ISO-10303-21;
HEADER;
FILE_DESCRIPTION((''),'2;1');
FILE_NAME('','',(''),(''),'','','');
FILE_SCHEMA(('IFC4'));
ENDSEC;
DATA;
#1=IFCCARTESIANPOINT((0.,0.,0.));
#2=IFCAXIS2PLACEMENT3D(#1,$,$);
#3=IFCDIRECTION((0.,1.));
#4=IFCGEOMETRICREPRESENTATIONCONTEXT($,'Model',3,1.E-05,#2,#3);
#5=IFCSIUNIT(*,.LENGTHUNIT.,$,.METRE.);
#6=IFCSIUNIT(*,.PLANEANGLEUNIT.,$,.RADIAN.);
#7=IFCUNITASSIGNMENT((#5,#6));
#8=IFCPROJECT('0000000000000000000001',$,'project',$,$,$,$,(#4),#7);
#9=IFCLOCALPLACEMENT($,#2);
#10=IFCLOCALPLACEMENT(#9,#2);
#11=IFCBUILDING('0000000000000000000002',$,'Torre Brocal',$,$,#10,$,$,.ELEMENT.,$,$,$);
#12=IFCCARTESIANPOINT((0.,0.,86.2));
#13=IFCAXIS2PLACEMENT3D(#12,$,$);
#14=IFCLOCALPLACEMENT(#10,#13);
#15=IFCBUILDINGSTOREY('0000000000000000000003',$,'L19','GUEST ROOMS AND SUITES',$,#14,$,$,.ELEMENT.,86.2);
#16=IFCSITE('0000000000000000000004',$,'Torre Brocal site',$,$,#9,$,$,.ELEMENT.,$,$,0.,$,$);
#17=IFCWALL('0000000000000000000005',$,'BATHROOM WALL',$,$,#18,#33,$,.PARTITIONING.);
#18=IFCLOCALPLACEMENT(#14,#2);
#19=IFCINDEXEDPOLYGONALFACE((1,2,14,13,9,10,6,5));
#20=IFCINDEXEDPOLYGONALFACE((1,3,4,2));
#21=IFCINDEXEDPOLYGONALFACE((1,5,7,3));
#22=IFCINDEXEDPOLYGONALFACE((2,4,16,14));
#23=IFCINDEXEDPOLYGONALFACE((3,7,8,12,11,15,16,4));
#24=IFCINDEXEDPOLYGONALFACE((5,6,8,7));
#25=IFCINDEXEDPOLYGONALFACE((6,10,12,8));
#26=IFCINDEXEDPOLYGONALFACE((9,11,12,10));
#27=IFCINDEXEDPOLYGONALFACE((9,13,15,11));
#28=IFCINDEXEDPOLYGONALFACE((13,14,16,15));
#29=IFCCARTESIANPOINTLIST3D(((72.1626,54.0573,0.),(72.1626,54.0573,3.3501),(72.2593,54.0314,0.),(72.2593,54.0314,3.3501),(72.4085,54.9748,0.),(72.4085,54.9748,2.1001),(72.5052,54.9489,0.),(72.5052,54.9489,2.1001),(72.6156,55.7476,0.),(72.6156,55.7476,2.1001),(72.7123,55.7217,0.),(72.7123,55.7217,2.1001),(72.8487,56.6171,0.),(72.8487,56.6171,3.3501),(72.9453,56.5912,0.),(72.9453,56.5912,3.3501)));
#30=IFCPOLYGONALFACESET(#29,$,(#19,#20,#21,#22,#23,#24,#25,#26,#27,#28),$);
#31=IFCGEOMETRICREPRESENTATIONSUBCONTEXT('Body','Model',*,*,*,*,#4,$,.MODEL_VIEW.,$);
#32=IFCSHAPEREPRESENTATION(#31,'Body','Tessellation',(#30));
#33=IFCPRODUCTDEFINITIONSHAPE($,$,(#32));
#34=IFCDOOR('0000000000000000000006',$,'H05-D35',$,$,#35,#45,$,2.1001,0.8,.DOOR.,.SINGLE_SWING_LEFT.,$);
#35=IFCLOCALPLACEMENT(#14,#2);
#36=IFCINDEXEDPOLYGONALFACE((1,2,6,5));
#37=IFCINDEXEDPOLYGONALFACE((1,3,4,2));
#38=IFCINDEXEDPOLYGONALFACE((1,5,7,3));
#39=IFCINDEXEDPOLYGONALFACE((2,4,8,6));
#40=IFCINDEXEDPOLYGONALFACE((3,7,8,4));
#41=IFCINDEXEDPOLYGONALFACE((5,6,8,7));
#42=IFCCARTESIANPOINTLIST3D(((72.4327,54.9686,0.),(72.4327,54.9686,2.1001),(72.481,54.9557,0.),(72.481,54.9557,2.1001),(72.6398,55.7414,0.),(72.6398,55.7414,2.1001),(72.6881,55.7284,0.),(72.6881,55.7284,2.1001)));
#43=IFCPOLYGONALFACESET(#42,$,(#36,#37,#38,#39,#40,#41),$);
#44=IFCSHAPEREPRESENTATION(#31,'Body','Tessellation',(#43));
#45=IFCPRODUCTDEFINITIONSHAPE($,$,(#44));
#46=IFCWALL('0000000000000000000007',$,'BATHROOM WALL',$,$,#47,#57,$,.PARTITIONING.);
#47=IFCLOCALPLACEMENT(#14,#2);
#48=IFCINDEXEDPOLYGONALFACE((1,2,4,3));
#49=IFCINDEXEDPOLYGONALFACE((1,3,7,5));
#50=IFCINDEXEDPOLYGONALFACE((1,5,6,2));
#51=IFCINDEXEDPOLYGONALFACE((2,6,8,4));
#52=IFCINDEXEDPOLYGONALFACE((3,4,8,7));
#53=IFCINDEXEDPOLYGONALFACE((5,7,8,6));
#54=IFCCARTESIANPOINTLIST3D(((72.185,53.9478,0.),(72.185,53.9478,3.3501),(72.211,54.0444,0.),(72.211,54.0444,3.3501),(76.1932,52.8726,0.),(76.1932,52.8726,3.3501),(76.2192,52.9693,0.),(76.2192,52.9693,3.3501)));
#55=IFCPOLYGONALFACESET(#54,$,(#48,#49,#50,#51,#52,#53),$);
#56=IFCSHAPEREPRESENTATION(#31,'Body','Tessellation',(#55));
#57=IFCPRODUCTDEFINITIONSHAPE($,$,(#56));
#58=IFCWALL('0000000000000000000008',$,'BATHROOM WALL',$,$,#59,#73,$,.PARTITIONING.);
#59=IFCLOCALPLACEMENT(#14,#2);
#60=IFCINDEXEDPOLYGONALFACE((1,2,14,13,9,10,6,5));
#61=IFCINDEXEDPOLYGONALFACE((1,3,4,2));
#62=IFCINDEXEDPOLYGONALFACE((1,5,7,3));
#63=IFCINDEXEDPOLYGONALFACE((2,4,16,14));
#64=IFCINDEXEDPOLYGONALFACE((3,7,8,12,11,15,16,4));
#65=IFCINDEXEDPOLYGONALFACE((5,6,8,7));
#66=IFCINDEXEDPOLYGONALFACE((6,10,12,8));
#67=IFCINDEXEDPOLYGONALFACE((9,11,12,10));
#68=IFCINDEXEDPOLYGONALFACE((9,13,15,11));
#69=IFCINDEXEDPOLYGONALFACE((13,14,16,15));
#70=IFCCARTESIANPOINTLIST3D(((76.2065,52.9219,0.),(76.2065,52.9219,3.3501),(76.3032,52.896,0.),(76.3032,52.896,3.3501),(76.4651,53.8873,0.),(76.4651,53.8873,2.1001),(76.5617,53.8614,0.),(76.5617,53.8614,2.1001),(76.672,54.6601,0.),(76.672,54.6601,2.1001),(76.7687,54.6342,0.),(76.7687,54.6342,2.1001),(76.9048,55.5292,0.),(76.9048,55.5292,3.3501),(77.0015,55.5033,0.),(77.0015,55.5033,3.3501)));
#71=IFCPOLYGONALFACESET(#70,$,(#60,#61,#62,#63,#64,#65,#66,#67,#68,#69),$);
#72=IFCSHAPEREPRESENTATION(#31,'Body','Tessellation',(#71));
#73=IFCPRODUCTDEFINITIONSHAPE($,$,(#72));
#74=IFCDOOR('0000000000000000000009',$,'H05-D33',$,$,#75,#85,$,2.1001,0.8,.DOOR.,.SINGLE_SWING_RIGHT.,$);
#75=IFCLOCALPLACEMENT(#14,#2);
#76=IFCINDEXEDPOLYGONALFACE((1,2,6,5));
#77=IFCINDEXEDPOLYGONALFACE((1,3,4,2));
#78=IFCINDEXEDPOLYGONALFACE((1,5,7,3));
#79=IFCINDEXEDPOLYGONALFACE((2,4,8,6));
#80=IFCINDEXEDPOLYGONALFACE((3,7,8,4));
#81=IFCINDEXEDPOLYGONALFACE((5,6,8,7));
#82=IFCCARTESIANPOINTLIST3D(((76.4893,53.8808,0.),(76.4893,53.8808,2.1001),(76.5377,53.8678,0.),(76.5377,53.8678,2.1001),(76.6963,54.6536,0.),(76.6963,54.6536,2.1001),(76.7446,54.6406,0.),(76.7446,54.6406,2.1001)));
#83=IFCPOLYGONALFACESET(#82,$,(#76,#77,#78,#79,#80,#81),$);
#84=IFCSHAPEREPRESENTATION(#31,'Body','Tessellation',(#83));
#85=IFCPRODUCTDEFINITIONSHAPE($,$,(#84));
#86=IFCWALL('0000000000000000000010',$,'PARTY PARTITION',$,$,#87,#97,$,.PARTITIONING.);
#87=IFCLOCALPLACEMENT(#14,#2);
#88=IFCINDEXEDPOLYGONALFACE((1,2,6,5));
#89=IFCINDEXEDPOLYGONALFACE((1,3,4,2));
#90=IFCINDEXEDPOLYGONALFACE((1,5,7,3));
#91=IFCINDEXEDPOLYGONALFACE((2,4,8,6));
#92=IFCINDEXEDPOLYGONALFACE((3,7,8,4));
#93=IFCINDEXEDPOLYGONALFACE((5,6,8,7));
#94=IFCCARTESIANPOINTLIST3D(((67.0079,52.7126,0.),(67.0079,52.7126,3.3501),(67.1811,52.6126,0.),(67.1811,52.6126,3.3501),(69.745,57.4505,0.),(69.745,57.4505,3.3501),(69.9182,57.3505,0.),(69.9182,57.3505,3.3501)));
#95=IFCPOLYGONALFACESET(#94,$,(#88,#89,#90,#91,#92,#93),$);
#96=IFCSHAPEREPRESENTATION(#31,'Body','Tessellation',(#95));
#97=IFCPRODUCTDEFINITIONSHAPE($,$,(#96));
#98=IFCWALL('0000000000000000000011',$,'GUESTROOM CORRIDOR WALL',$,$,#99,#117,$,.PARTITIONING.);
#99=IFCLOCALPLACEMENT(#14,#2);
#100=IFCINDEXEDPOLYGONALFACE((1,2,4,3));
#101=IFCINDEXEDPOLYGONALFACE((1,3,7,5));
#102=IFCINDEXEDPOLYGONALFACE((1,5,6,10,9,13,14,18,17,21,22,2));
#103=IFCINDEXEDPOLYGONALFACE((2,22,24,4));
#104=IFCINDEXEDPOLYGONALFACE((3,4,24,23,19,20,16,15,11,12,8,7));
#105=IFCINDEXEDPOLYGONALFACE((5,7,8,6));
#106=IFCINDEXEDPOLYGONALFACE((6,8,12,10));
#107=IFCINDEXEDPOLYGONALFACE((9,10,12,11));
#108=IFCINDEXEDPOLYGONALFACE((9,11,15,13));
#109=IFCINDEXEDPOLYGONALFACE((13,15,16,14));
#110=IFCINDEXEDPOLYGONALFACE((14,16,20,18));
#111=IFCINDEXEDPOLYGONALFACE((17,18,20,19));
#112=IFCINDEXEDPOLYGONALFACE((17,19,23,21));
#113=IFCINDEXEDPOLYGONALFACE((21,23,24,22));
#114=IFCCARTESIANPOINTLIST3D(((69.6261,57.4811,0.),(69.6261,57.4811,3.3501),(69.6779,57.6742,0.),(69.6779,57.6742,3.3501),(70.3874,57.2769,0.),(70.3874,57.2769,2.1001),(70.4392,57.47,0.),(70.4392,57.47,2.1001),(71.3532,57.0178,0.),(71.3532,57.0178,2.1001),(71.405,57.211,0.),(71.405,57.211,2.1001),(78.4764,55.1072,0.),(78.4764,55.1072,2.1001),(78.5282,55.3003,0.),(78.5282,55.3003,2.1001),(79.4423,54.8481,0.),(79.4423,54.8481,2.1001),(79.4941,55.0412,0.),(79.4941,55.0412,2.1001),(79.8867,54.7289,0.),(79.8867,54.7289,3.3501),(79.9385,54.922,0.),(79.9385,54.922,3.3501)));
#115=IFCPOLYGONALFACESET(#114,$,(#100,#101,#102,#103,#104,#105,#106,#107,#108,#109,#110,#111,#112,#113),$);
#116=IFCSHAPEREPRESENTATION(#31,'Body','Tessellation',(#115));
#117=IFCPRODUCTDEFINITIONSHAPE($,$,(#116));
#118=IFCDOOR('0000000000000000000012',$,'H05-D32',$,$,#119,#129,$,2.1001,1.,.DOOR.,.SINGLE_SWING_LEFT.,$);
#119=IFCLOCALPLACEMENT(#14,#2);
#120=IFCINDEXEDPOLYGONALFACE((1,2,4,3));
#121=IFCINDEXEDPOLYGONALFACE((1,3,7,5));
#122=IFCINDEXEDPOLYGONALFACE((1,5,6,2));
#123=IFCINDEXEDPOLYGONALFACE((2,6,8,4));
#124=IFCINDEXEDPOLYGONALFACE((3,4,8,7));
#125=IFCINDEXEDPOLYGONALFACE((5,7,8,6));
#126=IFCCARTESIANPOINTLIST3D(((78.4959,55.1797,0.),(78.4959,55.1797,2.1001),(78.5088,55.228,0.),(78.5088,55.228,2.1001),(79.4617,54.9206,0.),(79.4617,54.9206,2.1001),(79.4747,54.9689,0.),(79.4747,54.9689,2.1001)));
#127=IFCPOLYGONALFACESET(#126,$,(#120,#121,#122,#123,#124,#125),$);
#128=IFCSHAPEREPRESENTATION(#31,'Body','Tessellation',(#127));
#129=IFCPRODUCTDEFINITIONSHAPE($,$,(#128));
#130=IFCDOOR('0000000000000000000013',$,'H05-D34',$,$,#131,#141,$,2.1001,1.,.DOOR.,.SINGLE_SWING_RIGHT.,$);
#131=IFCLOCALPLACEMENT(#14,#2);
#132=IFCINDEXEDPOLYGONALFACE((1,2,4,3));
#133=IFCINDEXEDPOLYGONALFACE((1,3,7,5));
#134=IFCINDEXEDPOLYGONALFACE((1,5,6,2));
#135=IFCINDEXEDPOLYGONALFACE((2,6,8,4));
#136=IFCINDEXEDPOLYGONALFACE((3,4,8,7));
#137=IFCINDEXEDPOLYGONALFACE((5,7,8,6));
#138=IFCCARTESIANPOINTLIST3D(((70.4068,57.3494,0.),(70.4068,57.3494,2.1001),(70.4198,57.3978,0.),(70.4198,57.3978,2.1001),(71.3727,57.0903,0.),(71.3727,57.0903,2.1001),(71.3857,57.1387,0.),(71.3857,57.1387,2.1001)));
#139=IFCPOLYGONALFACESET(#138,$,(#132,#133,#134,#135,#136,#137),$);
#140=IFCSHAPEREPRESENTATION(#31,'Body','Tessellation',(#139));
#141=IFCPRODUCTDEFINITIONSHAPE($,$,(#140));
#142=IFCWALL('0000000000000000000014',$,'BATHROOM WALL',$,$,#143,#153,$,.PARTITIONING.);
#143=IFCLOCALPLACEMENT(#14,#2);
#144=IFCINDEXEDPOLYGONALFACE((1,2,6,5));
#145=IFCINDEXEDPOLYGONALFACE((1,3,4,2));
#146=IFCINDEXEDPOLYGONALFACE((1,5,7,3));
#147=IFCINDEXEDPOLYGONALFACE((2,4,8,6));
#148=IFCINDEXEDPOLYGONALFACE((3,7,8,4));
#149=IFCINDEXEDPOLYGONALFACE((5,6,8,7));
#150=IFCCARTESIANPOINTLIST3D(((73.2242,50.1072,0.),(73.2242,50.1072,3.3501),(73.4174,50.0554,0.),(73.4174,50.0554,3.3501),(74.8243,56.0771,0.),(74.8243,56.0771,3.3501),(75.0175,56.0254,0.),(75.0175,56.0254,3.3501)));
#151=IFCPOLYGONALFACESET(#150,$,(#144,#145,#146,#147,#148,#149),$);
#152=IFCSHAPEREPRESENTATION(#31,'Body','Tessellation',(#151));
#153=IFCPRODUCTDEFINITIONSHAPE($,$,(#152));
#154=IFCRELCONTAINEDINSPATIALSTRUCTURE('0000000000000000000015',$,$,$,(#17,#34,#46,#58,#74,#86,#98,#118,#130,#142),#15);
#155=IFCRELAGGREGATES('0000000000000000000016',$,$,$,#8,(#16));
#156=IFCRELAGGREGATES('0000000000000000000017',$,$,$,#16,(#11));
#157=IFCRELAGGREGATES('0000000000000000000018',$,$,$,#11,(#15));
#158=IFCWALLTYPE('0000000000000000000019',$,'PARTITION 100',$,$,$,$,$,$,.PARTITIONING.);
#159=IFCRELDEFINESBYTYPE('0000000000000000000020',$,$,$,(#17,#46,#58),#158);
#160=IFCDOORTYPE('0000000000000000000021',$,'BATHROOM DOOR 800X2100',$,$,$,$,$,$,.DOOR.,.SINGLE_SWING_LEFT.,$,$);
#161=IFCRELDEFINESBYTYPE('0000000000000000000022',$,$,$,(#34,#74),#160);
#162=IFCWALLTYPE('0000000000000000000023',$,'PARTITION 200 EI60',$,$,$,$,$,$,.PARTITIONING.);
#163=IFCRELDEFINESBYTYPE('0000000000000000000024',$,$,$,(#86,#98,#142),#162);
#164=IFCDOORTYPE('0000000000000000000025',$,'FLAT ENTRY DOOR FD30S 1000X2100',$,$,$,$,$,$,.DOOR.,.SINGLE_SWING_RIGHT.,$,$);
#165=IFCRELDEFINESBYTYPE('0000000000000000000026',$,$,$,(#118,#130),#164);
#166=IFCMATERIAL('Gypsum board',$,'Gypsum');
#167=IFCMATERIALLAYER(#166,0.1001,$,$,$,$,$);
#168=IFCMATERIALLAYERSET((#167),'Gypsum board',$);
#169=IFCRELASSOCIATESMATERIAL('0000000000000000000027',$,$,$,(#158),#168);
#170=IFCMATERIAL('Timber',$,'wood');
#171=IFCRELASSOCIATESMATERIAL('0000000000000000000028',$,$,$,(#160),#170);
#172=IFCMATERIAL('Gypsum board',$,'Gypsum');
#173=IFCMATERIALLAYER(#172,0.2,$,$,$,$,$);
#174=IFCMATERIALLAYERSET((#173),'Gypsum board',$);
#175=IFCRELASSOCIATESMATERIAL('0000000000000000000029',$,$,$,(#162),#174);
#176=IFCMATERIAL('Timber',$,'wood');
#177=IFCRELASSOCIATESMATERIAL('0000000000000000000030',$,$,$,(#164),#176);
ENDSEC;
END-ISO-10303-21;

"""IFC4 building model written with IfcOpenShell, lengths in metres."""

from ifc_helpers import new_model, si_unit, direction, frame, frame_2d, origin, place, context, subcontext, project, spatial, rectangle, extrude, material, layer, layer_set, type_object, element, fill, save


model = new_model("IFC4")

# Units and contexts
model_context = context("Model", 3, precision=1e-05, world=origin(), true_north=direction((0.0, 1.0)))
body_context = subcontext(model_context, "Body", "Model", "MODEL_VIEW")
ifc_project = project(units=[si_unit("LENGTHUNIT", "METRE"), si_unit("PLANEANGLEUNIT", "RADIAN")], contexts=[model_context])

# Site, building, storey
site_placement = place(None, origin())
site = spatial("IfcSite", under=ifc_project, at=site_placement, Name="Torre Brocal site", CompositionType="ELEMENT", RefElevation=0.0)
building_placement = place(site_placement, origin())
building = spatial("IfcBuilding", under=site, at=building_placement, Name="Torre Brocal", CompositionType="ELEMENT")
storey_placement = place(building_placement, frame((0.0, 0.0, 86.2)))
storey = spatial("IfcBuildingStorey", under=building, at=storey_placement, Name="L19", Description="GUEST ROOMS AND SUITES", CompositionType="ELEMENT", Elevation=86.2)

# Wall, opening, door
ifc_material_1 = material(Name="Gypsum board", Category="Gypsum")
ifc_layer_1 = layer(ifc_material_1, 0.1001)
ifc_layer_set_1 = layer_set([ifc_layer_1], Name="Gypsum board")
wall_type_1 = type_object("IfcWallType", Name="PARTITION 100", PredefinedType="PARTITIONING", material=ifc_layer_set_1)
wall_1_placement = place(storey_placement, frame((72.2109, 54.0442, 0.0), z_axis=(0.0, 0.0, 1.0), x_axis=(0.258867, 0.965913, 0.0)))
wall_1 = element("IfcWall", 1, at=wall_1_placement, inside=storey, type_object=wall_type_1, Name="BATHROOM WALL", PredefinedType="PARTITIONING", context=body_context, shape_type="SweptSolid", body=[
    extrude(rectangle(XDim=2.6501, YDim=0.1001, at=frame_2d((1.3252, 0.0))), origin(), (0.0, 0.0, 1.0), 3.3501),
])
opening_1_placement = place(wall_1_placement, frame((0.9502, 0.0, 0.0)))
opening_1 = element("IfcOpeningElement", 2, at=opening_1_placement, cuts=wall_1, PredefinedType="OPENING", context=body_context, shape_type="SweptSolid", body=[
    extrude(rectangle(XDim=0.8, YDim=2.1001, at=frame_2d((0.3999, 1.05))), frame((0.0, 0.0601, 0.0), z_axis=(0.0, -1.0, 0.0), x_axis=(1.0, 0.0, 0.0)), (0.0, 0.0, 1.0), 0.1201),
])
ifc_material_2 = material(Name="Timber", Category="wood")
door_type_1 = type_object("IfcDoorType", Name="BATHROOM DOOR 800X2100", OperationType="SINGLE_SWING_LEFT", PredefinedType="DOOR", material=ifc_material_2)
door_1_placement = place(opening_1_placement, frame((0.8, 0.0, 0.0), z_axis=(0.0, 0.0, 1.0), x_axis=(-1.0, 0.0, 0.0)))
door_1 = element("IfcDoor", 3, at=door_1_placement, inside=storey, type_object=door_type_1, Name="H05-D35", OperationType="SINGLE_SWING_LEFT", OverallHeight=2.1001, OverallWidth=0.8, PredefinedType="DOOR", context=body_context, shape_type="SweptSolid", body=[
    extrude(rectangle(XDim=0.8, YDim=2.1001, at=frame_2d((0.3999, 1.05))), frame((0.0, 0.0249, 0.0), z_axis=(0.0, -1.0, 0.0), x_axis=(1.0, 0.0, 0.0)), (0.0, 0.0, 1.0), 0.05),
])
fill(opening_1, door_1)

# Wall
wall_2_placement = place(storey_placement, frame((72.198, 53.9961, 0.0), z_axis=(0.0, 0.0, 1.0), x_axis=(0.965855, -0.259083, 0.0)))
element("IfcWall", 4, at=wall_2_placement, inside=storey, type_object=wall_type_1, Name="BATHROOM WALL", PredefinedType="PARTITIONING", context=body_context, shape_type="SweptSolid", body=[
    extrude(rectangle(XDim=4.1499, YDim=0.1001, at=frame_2d((2.075, 0.0))), origin(), (0.0, 0.0, 1.0), 3.3501),
])

# Wall, opening, door
wall_3_placement = place(storey_placement, frame((76.2549, 52.9089, 0.0), z_axis=(0.0, 0.0, 1.0), x_axis=(0.258676, 0.965964, 0.0)))
wall_3 = element("IfcWall", 5, at=wall_3_placement, inside=storey, type_object=wall_type_1, Name="BATHROOM WALL", PredefinedType="PARTITIONING", context=body_context, shape_type="SweptSolid", body=[
    extrude(rectangle(XDim=2.6992, YDim=0.1001, at=frame_2d((1.3496, 0.0))), origin(), (0.0, 0.0, 1.0), 3.3501),
])
opening_2_placement = place(wall_3_placement, frame((0.9995, 0.0, 0.0)))
opening_2 = element("IfcOpeningElement", 6, at=opening_2_placement, cuts=wall_3, PredefinedType="OPENING", context=body_context, shape_type="SweptSolid", body=[
    extrude(rectangle(XDim=0.8, YDim=2.1001, at=frame_2d((0.3999, 1.05))), frame((0.0, 0.0601, 0.0), z_axis=(0.0, -1.0, 0.0), x_axis=(1.0, 0.0, 0.0)), (0.0, 0.0, 1.0), 0.1201),
])
door_2_placement = place(opening_2_placement, origin())
door_2 = element("IfcDoor", 7, at=door_2_placement, inside=storey, type_object=door_type_1, Name="H05-D33", OperationType="SINGLE_SWING_RIGHT", OverallHeight=2.1001, OverallWidth=0.8, PredefinedType="DOOR", context=body_context, shape_type="SweptSolid", body=[
    extrude(rectangle(XDim=0.8, YDim=2.1001, at=frame_2d((0.3999, 1.05))), frame((0.0, 0.0249, 0.0), z_axis=(0.0, -1.0, 0.0), x_axis=(1.0, 0.0, 0.0)), (0.0, 0.0, 1.0), 0.05),
])
fill(opening_2, door_2)

# Wall
ifc_material_3 = material(Name="Gypsum board", Category="Gypsum")
ifc_layer_2 = layer(ifc_material_3, 0.2)
ifc_layer_set_2 = layer_set([ifc_layer_2], Name="Gypsum board")
wall_type_2 = type_object("IfcWallType", Name="PARTITION 200 EI60", PredefinedType="PARTITIONING", material=ifc_layer_set_2)
wall_4_placement = place(storey_placement, frame((67.0945, 52.6626, 0.0), z_axis=(0.0, 0.0, 1.0), x_axis=(0.500232, 0.865891, 0.0)))
element("IfcWall", 8, at=wall_4_placement, inside=storey, type_object=wall_type_2, Name="PARTY PARTITION", PredefinedType="PARTITIONING", context=body_context, shape_type="SweptSolid", body=[
    extrude(rectangle(XDim=5.4717, YDim=0.2, at=frame_2d((2.7358, 0.0))), origin(), (0.0, 0.0, 1.0), 3.3501),
])

# Wall, openings, doors
wall_5_placement = place(storey_placement, frame((69.6521, 57.5776, 0.0), z_axis=(0.0, 0.0, 1.0), x_axis=(0.965857, -0.259074, 0.0)))
wall_5 = element("IfcWall", 9, at=wall_5_placement, inside=storey, type_object=wall_type_2, Name="GUESTROOM CORRIDOR WALL", PredefinedType="PARTITIONING", context=body_context, shape_type="SweptSolid", body=[
    extrude(rectangle(XDim=10.6233, YDim=0.2, at=frame_2d((5.3115, 0.0))), origin(), (0.0, 0.0, 1.0), 3.3501),
])
opening_3_placement = place(wall_5_placement, frame((9.1631, 0.0, 0.0)))
opening_3 = element("IfcOpeningElement", 10, at=opening_3_placement, cuts=wall_5, PredefinedType="OPENING", context=body_context, shape_type="SweptSolid", body=[
    extrude(rectangle(XDim=1.0, YDim=2.1001, at=frame_2d((0.5, 1.05))), frame((0.0, 0.1099, 0.0), z_axis=(0.0, -1.0, 0.0), x_axis=(1.0, 0.0, 0.0)), (0.0, 0.0, 1.0), 0.22),
])
opening_4_placement = place(wall_5_placement, frame((0.7881, 0.0, 0.0)))
opening_4 = element("IfcOpeningElement", 11, at=opening_4_placement, cuts=wall_5, PredefinedType="OPENING", context=body_context, shape_type="SweptSolid", body=[
    extrude(rectangle(XDim=1.0, YDim=2.1001, at=frame_2d((0.5, 1.05))), frame((0.0, 0.1099, 0.0), z_axis=(0.0, -1.0, 0.0), x_axis=(1.0, 0.0, 0.0)), (0.0, 0.0, 1.0), 0.22),
])
ifc_material_4 = material(Name="Timber", Category="wood")
door_type_2 = type_object("IfcDoorType", Name="FLAT ENTRY DOOR FD30S 1000X2100", OperationType="SINGLE_SWING_RIGHT", PredefinedType="DOOR", material=ifc_material_4)
door_3_placement = place(opening_3_placement, frame((1.0, 0.0, 0.0), z_axis=(0.0, 0.0, 1.0), x_axis=(-1.0, 0.0, 0.0)))
door_3 = element("IfcDoor", 12, at=door_3_placement, inside=storey, type_object=door_type_2, Name="H05-D32", OperationType="SINGLE_SWING_LEFT", OverallHeight=2.1001, OverallWidth=1.0, PredefinedType="DOOR", context=body_context, shape_type="SweptSolid", body=[
    extrude(rectangle(XDim=1.0, YDim=2.1001, at=frame_2d((0.5, 1.05))), frame((0.0, 0.0249, 0.0), z_axis=(0.0, -1.0, 0.0), x_axis=(1.0, 0.0, 0.0)), (0.0, 0.0, 1.0), 0.05),
])
fill(opening_3, door_3)
door_4_placement = place(opening_4_placement, frame((1.0, 0.0, 0.0), z_axis=(0.0, 0.0, 1.0), x_axis=(-1.0, 0.0, 0.0)))
door_4 = element("IfcDoor", 13, at=door_4_placement, inside=storey, type_object=door_type_2, Name="H05-D34", OperationType="SINGLE_SWING_RIGHT", OverallHeight=2.1001, OverallWidth=1.0, PredefinedType="DOOR", context=body_context, shape_type="SweptSolid", body=[
    extrude(rectangle(XDim=1.0, YDim=2.1001, at=frame_2d((0.5, 1.05))), frame((0.0, 0.0249, 0.0), z_axis=(0.0, -1.0, 0.0), x_axis=(1.0, 0.0, 0.0)), (0.0, 0.0, 1.0), 0.05),
])
fill(opening_4, door_4)

# Wall
wall_6_placement = place(storey_placement, frame((73.3208, 50.0813, 0.0), z_axis=(0.0, 0.0, 1.0), x_axis=(0.258887, 0.965908, 0.0)))
element("IfcWall", 14, at=wall_6_placement, inside=storey, type_object=wall_type_2, Name="BATHROOM WALL", PredefinedType="PARTITIONING", context=body_context, shape_type="SweptSolid", body=[
    extrude(rectangle(XDim=6.1807, YDim=0.2, at=frame_2d((3.0903, 0.0))), origin(), (0.0, 0.0, 1.0), 3.3501),
])

save(model, "model.ifc")
